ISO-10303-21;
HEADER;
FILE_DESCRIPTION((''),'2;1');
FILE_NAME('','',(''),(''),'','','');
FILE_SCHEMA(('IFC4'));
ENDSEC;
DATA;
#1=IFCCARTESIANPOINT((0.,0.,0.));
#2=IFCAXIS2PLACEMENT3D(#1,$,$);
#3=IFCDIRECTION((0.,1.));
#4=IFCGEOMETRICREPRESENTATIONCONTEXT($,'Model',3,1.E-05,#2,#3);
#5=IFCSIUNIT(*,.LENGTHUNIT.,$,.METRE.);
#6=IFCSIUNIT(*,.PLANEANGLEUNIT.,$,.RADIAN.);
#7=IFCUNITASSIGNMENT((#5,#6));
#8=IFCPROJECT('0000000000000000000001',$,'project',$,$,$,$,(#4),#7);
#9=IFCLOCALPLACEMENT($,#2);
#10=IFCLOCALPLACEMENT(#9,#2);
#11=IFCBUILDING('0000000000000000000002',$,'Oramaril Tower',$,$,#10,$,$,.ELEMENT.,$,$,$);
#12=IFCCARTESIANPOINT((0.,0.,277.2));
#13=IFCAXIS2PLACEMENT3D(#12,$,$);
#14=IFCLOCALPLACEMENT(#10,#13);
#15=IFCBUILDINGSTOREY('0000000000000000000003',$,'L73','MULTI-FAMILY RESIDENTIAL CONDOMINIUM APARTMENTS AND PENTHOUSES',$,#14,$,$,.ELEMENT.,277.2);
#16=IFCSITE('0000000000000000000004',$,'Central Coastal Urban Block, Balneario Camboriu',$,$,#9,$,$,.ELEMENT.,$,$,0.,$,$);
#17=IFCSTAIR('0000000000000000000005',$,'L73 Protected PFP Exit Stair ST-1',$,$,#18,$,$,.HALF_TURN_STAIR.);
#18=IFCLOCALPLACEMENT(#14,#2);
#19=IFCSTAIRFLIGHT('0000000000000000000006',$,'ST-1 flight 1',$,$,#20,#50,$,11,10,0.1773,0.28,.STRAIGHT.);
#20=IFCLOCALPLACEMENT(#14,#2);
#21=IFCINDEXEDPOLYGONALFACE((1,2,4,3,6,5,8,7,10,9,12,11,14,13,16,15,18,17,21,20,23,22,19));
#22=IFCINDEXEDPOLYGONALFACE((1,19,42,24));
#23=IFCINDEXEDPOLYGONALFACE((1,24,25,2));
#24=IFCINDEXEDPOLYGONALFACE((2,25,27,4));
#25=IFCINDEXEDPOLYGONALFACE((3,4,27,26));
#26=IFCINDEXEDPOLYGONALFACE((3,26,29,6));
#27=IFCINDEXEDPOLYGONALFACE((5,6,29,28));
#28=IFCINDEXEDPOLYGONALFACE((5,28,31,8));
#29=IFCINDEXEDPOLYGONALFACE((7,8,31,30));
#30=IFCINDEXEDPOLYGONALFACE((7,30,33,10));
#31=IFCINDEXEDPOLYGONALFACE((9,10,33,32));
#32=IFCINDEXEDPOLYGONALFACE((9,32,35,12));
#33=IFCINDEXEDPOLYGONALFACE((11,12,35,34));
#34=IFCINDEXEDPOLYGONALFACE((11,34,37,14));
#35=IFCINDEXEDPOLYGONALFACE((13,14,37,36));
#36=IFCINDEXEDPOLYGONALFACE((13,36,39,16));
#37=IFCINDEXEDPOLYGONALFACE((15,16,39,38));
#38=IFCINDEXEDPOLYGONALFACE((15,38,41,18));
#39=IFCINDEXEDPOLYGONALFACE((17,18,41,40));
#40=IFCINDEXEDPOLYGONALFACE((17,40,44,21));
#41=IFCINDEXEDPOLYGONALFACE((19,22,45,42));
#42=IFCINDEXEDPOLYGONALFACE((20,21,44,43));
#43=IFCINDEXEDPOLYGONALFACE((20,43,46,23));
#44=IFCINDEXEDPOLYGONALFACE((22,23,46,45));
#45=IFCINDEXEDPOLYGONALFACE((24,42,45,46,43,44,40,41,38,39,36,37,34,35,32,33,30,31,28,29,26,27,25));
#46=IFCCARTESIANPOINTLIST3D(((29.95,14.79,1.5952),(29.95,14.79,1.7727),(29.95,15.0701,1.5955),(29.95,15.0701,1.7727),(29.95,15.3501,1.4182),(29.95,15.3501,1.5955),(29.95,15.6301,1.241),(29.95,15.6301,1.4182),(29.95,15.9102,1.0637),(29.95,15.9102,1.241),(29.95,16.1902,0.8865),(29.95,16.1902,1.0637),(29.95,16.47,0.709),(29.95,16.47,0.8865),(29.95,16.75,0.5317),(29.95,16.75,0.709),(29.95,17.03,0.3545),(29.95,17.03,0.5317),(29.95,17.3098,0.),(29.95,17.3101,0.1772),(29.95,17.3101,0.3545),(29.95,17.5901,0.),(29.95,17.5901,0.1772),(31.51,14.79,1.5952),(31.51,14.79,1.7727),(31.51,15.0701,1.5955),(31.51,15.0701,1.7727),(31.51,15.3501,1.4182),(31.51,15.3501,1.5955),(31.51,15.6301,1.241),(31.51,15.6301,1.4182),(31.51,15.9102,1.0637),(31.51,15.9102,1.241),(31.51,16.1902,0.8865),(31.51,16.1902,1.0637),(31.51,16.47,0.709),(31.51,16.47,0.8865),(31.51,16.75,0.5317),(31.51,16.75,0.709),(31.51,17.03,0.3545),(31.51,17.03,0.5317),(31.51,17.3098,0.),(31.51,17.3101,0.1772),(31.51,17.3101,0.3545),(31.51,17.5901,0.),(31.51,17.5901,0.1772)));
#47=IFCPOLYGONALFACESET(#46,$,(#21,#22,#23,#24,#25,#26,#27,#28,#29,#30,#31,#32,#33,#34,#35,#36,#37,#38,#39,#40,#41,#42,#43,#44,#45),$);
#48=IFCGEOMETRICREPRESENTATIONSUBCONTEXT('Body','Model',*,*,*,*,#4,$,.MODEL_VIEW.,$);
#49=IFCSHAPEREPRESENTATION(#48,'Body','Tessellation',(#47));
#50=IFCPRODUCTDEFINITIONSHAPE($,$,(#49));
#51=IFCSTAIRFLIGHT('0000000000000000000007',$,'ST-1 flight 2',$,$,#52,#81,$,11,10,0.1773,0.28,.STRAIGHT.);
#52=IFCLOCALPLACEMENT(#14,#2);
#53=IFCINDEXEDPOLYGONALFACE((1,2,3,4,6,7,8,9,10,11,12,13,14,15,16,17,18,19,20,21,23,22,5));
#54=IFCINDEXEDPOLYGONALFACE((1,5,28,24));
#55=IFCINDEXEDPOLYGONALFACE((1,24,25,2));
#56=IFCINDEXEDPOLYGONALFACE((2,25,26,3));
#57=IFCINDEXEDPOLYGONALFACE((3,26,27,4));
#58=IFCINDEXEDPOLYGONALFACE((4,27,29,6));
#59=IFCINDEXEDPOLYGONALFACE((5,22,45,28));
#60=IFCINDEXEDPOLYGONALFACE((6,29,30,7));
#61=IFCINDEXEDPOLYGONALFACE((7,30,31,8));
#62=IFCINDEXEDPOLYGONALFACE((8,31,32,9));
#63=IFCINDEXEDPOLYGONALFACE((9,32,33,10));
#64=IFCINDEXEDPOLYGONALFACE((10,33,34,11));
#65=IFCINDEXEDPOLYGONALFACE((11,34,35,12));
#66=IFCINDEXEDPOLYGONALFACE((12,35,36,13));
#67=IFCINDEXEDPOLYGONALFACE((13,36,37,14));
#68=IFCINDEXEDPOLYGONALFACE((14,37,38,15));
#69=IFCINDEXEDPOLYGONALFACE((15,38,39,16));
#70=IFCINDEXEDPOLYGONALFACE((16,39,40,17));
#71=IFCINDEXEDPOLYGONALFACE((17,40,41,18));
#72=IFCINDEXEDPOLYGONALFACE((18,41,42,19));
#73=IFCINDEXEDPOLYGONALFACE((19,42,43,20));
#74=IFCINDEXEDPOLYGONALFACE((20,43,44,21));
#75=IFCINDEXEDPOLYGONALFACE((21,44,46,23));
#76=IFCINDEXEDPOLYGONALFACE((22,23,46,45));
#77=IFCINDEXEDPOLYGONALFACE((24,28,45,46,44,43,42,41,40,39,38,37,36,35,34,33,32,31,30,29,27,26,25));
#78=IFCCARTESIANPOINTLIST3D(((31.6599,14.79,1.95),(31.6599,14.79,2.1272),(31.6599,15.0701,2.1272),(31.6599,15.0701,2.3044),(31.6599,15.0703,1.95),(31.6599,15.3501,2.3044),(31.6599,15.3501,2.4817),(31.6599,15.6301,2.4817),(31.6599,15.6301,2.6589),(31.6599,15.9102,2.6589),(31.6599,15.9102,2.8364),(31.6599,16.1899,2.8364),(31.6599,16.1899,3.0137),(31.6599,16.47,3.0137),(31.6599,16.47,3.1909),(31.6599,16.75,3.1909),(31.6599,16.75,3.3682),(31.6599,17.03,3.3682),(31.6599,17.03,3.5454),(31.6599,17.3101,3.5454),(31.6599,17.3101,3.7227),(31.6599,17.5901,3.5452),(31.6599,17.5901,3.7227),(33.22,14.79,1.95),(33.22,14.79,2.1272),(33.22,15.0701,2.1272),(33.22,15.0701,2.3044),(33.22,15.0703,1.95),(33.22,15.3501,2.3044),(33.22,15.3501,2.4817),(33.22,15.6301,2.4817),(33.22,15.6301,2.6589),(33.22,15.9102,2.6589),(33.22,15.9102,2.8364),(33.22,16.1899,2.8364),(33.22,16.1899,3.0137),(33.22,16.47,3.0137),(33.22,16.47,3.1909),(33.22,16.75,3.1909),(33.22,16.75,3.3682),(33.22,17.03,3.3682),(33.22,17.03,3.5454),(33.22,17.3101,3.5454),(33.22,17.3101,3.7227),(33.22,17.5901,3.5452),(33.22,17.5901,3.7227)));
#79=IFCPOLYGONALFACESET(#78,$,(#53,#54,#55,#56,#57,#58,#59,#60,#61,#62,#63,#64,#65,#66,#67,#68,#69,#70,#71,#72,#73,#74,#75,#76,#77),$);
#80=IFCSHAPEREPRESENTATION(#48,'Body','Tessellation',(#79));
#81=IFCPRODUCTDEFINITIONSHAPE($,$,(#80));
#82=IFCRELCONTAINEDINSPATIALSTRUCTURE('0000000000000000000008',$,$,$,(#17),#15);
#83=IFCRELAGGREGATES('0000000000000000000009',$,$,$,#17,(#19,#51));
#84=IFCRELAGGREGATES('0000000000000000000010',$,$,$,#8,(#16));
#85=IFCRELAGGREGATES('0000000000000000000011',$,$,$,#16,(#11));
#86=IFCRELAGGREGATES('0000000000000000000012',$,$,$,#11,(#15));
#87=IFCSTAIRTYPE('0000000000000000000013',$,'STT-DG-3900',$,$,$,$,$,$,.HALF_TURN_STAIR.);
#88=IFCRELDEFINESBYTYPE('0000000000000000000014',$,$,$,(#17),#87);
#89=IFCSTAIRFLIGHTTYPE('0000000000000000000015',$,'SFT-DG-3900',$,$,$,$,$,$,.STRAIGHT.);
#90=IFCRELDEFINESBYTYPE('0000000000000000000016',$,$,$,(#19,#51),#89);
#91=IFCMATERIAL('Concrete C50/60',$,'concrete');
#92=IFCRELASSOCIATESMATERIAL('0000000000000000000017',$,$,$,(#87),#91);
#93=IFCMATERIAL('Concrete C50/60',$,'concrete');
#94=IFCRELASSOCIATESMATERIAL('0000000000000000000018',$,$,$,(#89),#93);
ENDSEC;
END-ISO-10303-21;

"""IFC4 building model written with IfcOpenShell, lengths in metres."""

from ifc_helpers import new_model, si_unit, direction, frame, origin, place, context, subcontext, project, spatial, polyline, outline, extrude, material, type_object, element, aggregate, save


model = new_model("IFC4")

# Units and contexts
model_context = context("Model", 3, precision=1e-05, world=origin(), true_north=direction((0.0, 1.0)))
body_context = subcontext(model_context, "Body", "Model", "MODEL_VIEW")
ifc_project = project(units=[si_unit("LENGTHUNIT", "METRE"), si_unit("PLANEANGLEUNIT", "RADIAN")], contexts=[model_context])

# Site, building, storey
site_placement = place(None, origin())
site = spatial("IfcSite", under=ifc_project, at=site_placement, Name="Central Coastal Urban Block, Balneario Camboriu", CompositionType="ELEMENT", RefElevation=0.0)
building_placement = place(site_placement, origin())
building = spatial("IfcBuilding", under=site, at=building_placement, Name="Oramaril Tower", CompositionType="ELEMENT")
storey_placement = place(building_placement, frame((0.0, 0.0, 277.2)))
storey = spatial("IfcBuildingStorey", under=building, at=storey_placement, Name="L73", Description="MULTI-FAMILY RESIDENTIAL CONDOMINIUM APARTMENTS AND PENTHOUSES", CompositionType="ELEMENT", Elevation=277.2)

# Stair, stair flights
ifc_material_1 = material(Name="Concrete C50/60", Category="concrete")
stair_type = type_object("IfcStairType", Name="STT-DG-3900", PredefinedType="HALF_TURN_STAIR", material=ifc_material_1)
stair_placement = place(storey_placement, origin())
stair = element("IfcStair", 1, at=stair_placement, inside=storey, type_object=stair_type, Name="L73 Protected PFP Exit Stair ST-1", PredefinedType="HALF_TURN_STAIR")
ifc_material_2 = material(Name="Concrete C50/60", Category="concrete")
stair_flight_type = type_object("IfcStairFlightType", Name="SFT-DG-3900", PredefinedType="STRAIGHT", material=ifc_material_2)
stair_flight_1_placement = place(storey_placement, frame((30.73, 17.5901, 0.0), z_axis=(0.0, 0.0, 1.0), x_axis=(0.0, -1.0, 0.0)))
stair_flight_1 = element("IfcStairFlight", 2, at=stair_flight_1_placement, type_object=stair_flight_type, Name="ST-1 flight 1", NumberOfRisers=11, NumberOfTreads=10, PredefinedType="STRAIGHT", RiserHeight=0.1773, TreadLength=0.28, context=body_context, shape_type="SweptSolid", body=[
    extrude(outline(polyline([(0.0, 0.0), (0.0, 0.1772), (0.28, 0.1772), (0.28, 0.3545), (0.5601, 0.3545), (0.5601, 0.5317), (0.8401, 0.5317), (0.8401, 0.709), (1.1201, 0.709), (1.1201, 0.8865), (1.3999, 0.8865), (1.3999, 1.0637), (1.6799, 1.0637), (1.6799, 1.241), (1.96, 1.241), (1.96, 1.4182), (2.24, 1.4182), (2.24, 1.5955), (2.52, 1.5955), (2.52, 1.7727), (2.8, 1.7727), (2.8, 1.95), (2.8, 1.5952), (0.2803, 0.0), (0.0, 0.0)])), frame((0.0, 0.78, 0.0), z_axis=(0.0, -1.0, 0.0), x_axis=(1.0, 0.0, 0.0)), (0.0, 0.0, 1.0), 1.5601),
])
stair_flight_2_placement = place(storey_placement, frame((32.4399, 14.79, 1.95), z_axis=(0.0, 0.0, 1.0), x_axis=(0.0, 1.0, 0.0)))
stair_flight_2 = element("IfcStairFlight", 3, at=stair_flight_2_placement, type_object=stair_flight_type, Name="ST-1 flight 2", NumberOfRisers=11, NumberOfTreads=10, PredefinedType="STRAIGHT", RiserHeight=0.1773, TreadLength=0.28, context=body_context, shape_type="SweptSolid", body=[
    extrude(outline(polyline([(0.0, 0.0), (0.0, 0.1772), (0.28, 0.1772), (0.28, 0.3545), (0.5601, 0.3545), (0.5601, 0.5317), (0.8401, 0.5317), (0.8401, 0.709), (1.1201, 0.709), (1.1201, 0.8865), (1.3999, 0.8865), (1.3999, 1.0637), (1.6799, 1.0637), (1.6799, 1.241), (1.96, 1.241), (1.96, 1.4182), (2.24, 1.4182), (2.24, 1.5955), (2.52, 1.5955), (2.52, 1.7727), (2.8, 1.7727), (2.8, 1.95), (2.8, 1.5952), (0.2803, 0.0), (0.0, 0.0)])), frame((0.0, 0.78, 0.0), z_axis=(0.0, -1.0, 0.0), x_axis=(1.0, 0.0, 0.0)), (0.0, 0.0, 1.0), 1.5601),
])
aggregate(stair, [stair_flight_1, stair_flight_2])

save(model, "model.ifc")
